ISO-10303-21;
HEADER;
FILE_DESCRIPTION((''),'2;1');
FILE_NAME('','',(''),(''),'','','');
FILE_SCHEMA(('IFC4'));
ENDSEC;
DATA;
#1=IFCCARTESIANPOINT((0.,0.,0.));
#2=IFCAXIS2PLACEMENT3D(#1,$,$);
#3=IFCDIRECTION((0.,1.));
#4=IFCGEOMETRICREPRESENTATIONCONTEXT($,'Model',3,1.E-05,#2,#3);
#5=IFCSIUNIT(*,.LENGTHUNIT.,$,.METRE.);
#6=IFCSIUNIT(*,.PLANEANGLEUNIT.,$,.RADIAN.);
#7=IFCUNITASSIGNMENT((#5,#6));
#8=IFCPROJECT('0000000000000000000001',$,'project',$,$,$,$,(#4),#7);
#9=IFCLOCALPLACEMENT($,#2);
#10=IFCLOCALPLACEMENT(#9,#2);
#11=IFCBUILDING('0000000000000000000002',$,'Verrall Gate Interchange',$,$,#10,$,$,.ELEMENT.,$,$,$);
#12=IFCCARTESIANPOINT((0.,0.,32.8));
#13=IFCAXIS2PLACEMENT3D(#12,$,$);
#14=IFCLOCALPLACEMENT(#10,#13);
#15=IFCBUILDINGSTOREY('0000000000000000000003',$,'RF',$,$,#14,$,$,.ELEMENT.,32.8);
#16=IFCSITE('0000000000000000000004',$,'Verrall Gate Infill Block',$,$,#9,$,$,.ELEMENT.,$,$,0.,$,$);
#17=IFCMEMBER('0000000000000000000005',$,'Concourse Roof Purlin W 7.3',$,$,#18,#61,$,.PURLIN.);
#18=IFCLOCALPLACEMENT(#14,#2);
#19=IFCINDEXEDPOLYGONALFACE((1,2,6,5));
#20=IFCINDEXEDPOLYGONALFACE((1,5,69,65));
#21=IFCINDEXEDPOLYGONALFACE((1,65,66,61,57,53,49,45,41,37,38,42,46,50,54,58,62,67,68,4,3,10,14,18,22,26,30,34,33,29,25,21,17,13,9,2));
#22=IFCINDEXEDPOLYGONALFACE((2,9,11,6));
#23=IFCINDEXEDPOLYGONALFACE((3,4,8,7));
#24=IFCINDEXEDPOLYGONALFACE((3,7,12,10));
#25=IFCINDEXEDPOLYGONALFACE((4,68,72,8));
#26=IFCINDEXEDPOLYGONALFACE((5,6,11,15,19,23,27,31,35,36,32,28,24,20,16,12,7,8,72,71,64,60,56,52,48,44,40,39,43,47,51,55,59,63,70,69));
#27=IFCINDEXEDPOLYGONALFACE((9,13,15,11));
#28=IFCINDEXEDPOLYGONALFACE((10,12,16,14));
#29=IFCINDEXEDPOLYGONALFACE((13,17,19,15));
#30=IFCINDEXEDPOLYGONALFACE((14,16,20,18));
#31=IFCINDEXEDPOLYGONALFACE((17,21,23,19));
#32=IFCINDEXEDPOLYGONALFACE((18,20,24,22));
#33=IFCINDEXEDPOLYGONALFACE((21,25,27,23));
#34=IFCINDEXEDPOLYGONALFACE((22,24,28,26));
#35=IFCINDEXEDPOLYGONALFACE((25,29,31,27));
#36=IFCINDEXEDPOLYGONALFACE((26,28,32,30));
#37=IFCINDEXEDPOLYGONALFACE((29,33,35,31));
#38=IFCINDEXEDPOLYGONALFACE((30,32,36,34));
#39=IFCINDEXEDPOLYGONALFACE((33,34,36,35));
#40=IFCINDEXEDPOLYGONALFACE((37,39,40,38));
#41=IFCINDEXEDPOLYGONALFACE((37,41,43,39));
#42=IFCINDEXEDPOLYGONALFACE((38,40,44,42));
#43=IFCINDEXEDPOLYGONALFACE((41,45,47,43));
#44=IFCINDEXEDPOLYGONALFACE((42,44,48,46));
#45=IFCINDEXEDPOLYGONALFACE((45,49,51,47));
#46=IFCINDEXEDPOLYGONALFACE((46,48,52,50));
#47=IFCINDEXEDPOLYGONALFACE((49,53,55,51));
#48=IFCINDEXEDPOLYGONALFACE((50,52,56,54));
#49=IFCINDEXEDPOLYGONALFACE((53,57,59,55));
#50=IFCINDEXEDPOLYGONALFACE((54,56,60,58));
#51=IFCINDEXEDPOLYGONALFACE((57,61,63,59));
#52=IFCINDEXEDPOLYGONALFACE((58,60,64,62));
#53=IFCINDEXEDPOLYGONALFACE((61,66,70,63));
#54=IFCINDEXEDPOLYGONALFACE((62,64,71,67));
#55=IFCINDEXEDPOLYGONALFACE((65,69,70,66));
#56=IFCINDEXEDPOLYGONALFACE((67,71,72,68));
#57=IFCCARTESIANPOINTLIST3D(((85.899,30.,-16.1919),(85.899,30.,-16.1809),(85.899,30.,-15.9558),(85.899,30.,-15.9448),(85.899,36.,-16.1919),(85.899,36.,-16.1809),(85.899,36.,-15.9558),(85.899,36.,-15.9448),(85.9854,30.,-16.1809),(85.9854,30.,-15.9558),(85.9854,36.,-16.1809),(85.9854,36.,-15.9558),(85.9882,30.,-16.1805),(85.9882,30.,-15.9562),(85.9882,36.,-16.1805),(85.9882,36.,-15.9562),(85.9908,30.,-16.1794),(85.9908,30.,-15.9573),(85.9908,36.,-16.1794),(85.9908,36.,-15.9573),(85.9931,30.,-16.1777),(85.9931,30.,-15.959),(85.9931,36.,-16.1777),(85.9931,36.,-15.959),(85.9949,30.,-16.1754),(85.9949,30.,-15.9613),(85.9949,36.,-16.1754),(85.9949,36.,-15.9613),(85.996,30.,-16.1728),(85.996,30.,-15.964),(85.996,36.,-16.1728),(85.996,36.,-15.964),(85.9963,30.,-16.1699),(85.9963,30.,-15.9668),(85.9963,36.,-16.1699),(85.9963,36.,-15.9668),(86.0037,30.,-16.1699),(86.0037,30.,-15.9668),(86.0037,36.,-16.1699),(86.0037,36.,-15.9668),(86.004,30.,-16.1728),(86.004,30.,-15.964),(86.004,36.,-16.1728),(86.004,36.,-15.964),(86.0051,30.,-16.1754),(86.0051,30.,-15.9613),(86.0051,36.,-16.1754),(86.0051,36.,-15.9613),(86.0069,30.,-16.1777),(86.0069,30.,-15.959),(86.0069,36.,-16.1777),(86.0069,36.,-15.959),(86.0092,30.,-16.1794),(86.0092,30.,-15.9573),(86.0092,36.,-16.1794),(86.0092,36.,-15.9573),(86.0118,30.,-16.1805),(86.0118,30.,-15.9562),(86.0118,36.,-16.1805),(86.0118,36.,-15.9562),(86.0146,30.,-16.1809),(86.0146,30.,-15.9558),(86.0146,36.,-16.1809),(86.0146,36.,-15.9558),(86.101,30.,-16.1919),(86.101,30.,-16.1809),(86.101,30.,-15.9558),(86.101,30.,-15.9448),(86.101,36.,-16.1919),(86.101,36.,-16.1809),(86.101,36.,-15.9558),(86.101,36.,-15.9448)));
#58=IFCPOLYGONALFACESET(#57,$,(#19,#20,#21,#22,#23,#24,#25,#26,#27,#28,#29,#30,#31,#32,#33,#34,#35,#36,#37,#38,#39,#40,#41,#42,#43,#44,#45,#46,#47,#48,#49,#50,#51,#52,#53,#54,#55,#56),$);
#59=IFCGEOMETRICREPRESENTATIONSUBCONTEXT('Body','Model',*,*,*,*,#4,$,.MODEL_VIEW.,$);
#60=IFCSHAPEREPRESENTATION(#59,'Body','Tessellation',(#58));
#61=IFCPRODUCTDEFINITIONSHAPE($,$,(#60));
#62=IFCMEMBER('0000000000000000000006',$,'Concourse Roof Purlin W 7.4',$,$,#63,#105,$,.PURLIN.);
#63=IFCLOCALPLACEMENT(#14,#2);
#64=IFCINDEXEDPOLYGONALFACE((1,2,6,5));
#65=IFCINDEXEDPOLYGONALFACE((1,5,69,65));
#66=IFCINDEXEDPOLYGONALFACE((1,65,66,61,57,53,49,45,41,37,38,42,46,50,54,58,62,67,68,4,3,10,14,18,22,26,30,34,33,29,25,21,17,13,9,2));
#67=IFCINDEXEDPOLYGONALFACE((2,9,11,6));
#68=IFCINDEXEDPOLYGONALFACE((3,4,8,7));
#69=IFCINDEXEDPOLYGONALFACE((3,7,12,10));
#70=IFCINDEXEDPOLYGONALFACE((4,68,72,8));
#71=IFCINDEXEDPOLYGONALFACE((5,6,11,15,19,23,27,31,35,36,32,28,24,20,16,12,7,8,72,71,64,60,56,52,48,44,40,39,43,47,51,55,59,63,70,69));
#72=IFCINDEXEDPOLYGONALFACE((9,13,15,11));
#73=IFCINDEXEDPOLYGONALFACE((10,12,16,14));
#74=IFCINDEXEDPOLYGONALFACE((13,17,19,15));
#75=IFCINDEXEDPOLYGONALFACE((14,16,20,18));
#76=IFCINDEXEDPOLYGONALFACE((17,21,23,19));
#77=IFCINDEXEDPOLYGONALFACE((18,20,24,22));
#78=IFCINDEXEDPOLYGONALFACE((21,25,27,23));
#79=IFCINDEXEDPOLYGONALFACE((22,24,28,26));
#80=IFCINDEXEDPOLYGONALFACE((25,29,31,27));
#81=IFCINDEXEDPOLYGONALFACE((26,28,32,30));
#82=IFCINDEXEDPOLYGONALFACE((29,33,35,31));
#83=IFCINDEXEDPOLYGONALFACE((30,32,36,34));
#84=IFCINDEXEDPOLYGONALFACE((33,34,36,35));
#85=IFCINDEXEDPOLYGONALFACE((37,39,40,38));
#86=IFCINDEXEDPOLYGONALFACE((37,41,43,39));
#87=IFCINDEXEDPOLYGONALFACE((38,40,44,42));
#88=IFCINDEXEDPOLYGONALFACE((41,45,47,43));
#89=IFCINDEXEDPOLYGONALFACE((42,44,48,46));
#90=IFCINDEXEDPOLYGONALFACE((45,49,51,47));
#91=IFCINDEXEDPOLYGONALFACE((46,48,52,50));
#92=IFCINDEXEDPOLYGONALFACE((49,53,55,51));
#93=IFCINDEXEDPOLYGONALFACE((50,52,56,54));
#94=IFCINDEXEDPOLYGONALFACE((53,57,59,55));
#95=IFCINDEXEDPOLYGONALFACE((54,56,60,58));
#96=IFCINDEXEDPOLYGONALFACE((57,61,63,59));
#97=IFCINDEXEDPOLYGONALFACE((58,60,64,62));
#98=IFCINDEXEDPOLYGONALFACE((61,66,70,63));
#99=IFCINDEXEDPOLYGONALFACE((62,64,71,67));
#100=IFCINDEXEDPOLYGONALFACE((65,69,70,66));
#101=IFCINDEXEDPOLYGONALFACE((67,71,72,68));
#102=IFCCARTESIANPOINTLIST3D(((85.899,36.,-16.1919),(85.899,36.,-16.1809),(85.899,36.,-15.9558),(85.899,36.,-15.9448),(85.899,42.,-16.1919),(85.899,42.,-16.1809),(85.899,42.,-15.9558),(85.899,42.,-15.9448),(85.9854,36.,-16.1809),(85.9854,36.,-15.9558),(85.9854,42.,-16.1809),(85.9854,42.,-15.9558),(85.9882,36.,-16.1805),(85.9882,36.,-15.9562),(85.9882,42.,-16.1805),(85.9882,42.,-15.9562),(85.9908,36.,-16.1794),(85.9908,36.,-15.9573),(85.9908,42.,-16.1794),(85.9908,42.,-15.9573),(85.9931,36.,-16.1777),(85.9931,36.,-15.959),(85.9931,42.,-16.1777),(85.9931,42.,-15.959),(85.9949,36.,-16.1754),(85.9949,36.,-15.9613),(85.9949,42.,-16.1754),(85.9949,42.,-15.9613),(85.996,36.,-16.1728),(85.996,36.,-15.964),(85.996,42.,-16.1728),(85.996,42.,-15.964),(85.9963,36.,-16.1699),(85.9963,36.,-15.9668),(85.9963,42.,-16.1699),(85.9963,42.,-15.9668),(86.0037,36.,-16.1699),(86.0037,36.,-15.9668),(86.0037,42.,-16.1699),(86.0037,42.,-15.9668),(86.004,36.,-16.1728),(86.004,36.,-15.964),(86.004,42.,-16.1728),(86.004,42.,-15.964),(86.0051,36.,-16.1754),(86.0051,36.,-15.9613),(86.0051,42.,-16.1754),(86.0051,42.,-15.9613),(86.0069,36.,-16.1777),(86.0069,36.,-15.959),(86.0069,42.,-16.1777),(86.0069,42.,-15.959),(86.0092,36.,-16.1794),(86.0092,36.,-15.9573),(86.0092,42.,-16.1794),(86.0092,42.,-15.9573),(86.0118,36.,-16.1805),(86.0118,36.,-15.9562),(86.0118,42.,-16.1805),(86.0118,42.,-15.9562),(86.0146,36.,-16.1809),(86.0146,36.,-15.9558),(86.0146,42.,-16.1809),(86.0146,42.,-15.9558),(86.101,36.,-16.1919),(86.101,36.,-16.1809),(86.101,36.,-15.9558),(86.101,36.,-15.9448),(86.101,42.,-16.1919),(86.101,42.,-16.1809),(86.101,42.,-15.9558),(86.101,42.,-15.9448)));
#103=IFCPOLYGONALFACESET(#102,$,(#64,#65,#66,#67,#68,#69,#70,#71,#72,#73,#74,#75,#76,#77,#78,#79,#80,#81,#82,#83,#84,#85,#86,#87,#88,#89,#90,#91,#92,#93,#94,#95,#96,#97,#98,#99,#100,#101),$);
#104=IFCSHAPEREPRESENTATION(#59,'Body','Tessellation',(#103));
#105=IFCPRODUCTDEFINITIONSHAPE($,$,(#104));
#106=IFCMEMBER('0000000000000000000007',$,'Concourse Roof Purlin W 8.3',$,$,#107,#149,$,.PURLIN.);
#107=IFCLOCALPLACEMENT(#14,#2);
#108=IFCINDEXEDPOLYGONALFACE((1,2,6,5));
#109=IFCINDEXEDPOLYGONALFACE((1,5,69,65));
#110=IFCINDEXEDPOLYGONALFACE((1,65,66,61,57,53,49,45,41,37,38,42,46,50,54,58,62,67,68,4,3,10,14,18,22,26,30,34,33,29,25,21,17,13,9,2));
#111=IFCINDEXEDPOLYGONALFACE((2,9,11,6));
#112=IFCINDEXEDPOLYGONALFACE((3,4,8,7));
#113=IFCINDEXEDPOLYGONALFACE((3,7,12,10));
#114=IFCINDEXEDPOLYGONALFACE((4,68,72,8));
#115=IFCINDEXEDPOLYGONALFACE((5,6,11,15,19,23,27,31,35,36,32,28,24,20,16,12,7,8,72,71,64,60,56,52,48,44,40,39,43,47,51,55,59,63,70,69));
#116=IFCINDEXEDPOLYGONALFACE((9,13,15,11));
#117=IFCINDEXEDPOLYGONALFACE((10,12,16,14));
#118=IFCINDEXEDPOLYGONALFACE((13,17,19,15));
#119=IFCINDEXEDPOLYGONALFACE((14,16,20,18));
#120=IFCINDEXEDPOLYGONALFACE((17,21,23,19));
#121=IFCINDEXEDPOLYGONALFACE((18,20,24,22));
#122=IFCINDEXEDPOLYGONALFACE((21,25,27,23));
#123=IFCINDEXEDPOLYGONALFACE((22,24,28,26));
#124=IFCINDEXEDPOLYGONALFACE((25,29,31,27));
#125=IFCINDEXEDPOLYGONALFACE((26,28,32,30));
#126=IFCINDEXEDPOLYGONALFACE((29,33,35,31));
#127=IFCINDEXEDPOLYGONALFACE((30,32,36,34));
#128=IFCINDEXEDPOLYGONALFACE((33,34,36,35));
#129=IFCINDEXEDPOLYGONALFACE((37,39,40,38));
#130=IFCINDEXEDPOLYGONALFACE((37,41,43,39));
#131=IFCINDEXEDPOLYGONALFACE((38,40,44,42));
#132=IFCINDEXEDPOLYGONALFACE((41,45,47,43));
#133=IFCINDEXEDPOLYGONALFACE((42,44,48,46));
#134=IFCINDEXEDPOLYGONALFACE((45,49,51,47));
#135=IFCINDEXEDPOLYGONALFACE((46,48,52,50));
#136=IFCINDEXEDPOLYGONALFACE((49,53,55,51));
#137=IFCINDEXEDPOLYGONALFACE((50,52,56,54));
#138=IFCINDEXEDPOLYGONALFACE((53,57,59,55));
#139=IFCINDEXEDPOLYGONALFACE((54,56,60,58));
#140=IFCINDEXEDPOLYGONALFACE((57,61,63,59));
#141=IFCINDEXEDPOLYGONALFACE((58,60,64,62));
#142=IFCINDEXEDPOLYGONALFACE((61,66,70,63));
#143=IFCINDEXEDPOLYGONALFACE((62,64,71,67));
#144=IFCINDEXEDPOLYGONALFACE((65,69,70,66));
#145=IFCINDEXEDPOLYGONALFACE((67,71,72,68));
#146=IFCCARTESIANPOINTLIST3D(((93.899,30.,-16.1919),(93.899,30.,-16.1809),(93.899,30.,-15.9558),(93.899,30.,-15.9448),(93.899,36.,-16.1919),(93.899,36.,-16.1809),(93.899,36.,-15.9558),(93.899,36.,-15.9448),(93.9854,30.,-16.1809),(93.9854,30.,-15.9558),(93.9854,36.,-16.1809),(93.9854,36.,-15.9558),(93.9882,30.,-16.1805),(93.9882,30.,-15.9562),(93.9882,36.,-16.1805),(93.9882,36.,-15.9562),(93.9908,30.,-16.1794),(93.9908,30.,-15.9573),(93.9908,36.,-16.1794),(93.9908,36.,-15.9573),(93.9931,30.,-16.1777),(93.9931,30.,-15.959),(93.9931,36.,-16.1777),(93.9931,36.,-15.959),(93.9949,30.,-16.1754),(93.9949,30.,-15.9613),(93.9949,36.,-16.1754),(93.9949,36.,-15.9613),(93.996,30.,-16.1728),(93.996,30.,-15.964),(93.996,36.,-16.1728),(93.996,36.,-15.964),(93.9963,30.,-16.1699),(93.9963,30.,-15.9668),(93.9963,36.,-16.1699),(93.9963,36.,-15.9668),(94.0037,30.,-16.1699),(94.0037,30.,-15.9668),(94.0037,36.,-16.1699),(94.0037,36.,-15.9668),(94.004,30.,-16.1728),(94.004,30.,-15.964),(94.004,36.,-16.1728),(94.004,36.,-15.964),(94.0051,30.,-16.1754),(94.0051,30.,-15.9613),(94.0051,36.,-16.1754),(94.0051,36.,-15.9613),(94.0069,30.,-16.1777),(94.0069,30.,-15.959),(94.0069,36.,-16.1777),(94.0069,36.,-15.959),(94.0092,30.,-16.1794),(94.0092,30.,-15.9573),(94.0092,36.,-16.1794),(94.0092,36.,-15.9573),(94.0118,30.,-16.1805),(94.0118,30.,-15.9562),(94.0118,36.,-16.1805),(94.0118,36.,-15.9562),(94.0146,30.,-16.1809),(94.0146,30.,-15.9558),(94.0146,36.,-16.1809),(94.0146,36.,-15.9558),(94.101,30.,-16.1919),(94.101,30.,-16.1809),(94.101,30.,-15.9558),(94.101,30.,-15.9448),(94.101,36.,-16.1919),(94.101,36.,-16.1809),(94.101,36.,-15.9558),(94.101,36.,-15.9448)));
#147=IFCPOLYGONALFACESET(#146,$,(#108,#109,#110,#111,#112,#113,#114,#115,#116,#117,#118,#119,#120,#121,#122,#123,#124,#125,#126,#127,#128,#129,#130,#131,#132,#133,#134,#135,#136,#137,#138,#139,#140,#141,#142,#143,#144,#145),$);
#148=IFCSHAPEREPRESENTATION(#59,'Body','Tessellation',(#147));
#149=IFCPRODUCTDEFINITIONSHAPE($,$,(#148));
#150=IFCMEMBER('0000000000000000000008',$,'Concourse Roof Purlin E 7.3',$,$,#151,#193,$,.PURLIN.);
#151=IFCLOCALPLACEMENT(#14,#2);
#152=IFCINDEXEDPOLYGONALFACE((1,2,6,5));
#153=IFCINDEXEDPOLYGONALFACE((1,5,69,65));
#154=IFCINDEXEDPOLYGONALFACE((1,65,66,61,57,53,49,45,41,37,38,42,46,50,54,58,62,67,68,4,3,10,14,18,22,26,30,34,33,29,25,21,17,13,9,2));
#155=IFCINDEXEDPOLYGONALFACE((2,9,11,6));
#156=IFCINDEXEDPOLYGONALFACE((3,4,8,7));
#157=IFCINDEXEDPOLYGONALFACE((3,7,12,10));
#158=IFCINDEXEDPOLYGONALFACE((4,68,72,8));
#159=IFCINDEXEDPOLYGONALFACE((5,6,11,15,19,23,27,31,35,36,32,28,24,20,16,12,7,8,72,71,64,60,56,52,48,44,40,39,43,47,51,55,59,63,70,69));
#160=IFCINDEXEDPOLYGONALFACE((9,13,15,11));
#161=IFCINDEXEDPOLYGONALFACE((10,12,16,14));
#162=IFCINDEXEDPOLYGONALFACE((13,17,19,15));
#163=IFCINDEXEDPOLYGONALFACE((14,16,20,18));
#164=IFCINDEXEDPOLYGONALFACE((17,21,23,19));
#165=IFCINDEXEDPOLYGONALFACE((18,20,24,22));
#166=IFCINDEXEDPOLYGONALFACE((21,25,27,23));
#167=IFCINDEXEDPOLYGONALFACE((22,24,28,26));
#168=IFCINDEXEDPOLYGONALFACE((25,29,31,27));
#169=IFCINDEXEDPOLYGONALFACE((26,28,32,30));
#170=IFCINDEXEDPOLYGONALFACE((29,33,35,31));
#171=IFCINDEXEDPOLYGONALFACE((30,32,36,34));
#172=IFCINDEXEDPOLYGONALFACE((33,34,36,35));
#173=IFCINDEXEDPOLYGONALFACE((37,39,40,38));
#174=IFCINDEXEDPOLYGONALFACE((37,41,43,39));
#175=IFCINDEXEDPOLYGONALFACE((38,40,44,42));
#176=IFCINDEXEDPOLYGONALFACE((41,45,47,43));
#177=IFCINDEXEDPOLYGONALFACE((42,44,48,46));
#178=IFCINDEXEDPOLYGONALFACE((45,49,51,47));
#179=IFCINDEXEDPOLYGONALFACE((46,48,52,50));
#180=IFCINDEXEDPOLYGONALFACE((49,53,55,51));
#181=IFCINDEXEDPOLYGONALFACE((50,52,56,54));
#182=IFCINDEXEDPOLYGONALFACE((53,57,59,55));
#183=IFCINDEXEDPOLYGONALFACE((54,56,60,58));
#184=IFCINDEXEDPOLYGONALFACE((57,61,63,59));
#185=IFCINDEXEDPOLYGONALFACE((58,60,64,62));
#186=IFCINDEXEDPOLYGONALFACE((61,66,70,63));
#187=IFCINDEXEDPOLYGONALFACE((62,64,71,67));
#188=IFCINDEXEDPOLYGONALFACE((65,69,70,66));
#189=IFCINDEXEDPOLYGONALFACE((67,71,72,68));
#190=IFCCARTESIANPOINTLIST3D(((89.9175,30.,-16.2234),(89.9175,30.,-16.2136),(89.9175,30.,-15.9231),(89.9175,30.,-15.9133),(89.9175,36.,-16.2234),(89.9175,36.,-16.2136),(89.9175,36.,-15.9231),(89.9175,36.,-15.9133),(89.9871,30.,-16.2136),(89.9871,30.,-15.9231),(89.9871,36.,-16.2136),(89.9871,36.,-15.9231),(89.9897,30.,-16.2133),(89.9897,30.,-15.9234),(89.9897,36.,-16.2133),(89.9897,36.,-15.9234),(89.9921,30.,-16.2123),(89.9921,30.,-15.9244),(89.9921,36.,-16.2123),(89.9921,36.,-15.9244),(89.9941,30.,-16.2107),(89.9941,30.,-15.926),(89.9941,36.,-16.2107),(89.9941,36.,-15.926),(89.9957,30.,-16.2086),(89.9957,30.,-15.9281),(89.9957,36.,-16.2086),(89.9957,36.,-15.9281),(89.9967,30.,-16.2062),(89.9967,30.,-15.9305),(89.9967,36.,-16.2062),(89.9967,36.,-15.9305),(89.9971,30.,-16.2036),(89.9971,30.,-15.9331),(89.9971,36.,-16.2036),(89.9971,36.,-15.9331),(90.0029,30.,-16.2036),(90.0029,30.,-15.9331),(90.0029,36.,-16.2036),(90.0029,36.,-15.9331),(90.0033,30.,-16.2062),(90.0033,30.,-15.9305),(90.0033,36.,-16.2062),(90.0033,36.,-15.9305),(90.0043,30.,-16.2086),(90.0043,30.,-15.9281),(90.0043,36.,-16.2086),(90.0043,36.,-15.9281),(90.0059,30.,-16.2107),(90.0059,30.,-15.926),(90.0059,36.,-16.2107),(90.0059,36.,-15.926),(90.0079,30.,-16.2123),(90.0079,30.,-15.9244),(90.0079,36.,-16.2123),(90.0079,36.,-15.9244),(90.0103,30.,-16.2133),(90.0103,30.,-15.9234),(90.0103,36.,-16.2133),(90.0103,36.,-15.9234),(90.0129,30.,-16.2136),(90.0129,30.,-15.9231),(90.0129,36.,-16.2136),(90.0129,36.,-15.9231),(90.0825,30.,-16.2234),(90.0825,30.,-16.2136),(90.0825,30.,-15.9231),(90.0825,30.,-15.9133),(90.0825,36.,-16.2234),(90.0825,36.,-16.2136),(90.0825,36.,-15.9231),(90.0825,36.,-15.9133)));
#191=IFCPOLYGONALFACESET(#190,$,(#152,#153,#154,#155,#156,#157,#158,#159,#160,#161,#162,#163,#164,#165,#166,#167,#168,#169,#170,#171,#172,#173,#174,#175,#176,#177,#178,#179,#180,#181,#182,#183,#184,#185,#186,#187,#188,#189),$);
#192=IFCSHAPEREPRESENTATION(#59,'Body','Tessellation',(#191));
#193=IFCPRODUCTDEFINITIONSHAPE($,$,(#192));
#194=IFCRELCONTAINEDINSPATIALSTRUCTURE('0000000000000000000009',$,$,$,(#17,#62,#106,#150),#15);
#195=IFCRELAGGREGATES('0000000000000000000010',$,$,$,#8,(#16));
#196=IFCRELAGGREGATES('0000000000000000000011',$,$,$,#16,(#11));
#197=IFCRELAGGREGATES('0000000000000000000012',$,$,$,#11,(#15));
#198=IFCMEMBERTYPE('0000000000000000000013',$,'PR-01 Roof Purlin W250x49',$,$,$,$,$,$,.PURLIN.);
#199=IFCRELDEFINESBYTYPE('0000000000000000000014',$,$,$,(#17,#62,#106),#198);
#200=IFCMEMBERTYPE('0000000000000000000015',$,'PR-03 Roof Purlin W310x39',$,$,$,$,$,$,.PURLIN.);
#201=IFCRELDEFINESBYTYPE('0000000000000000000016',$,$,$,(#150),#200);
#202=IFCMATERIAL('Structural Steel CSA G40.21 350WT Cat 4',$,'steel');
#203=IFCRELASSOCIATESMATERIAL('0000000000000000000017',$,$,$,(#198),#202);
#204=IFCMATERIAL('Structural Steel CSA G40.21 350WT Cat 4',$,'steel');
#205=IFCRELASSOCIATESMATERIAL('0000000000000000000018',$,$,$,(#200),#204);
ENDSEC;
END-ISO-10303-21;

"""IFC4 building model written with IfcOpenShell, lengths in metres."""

from ifc_helpers import new_model, si_unit, direction, frame, origin, origin_2d, place, context, subcontext, project, spatial, i_section, extrude, material, material_profile, profile_set, type_object, element, save


model = new_model("IFC4")

# Units and contexts
model_context = context("Model", 3, precision=1e-05, world=origin(), true_north=direction((0.0, 1.0)))
body_context = subcontext(model_context, "Body", "Model", "MODEL_VIEW")
ifc_project = project(units=[si_unit("LENGTHUNIT", "METRE"), si_unit("PLANEANGLEUNIT", "RADIAN")], contexts=[model_context])

# Site, building, storey
site_placement = place(None, origin())
site = spatial("IfcSite", under=ifc_project, at=site_placement, Name="Verrall Gate Infill Block", CompositionType="ELEMENT", RefElevation=0.0)
building_placement = place(site_placement, origin())
building = spatial("IfcBuilding", under=site, at=building_placement, Name="Verrall Gate Interchange", CompositionType="ELEMENT")
storey_placement = place(building_placement, frame((0.0, 0.0, 32.8)))
storey = spatial("IfcBuildingStorey", under=building, at=storey_placement, Name="RF", CompositionType="ELEMENT", Elevation=32.8)

# Members
ifc_material_1 = material(Name="Structural Steel CSA G40.21 350WT Cat 4", Category="steel")
ifc_material_profile_1 = material_profile(ifc_material_1, i_section(OverallWidth=0.2019, OverallDepth=0.2471, WebThickness=0.0073, FlangeThickness=0.011, FilletRadius=0.011, at=origin_2d()), Name="W250x49")
ifc_profile_set_1 = profile_set([ifc_material_profile_1], Name="Structural Steel CSA G40.21 350WT Cat 4")
member_type_1 = type_object("IfcMemberType", Name="PR-01 Roof Purlin W250x49", PredefinedType="PURLIN", material=ifc_profile_set_1)
for number, where, z_axis, x_axis, name in (
    (1, (86.0, 30.0, -16.0684), (0.0, 1.0, 0.0), (-1.0, 0.0, 0.0), "Concourse Roof Purlin W 7.3"),
    (2, (86.0, 36.0, -16.0684), (0.0, 1.0, 0.0), (-1.0, 0.0, 0.0), "Concourse Roof Purlin W 7.4"),
    (3, (94.0, 30.0, -16.0684), (0.0, 1.0, 0.0), (-1.0, 0.0, 0.0), "Concourse Roof Purlin W 8.3"),
):
    element("IfcMember", number, at=place(storey_placement, frame(where, z_axis=z_axis, x_axis=x_axis)), inside=storey, type_object=member_type_1, Name=name, PredefinedType="PURLIN", context=body_context, shape_type="SweptSolid", body=[
        extrude(i_section(OverallWidth=0.2019, OverallDepth=0.2471, WebThickness=0.0073, FlangeThickness=0.011, FilletRadius=0.011, at=origin_2d()), origin(), (0.0, 0.0, 1.0), 6.0),
    ])
ifc_material_2 = material(Name="Structural Steel CSA G40.21 350WT Cat 4", Category="steel")
ifc_material_profile_2 = material_profile(ifc_material_2, i_section(OverallWidth=0.165, OverallDepth=0.3101, WebThickness=0.0059, FlangeThickness=0.0098, FilletRadius=0.01, at=origin_2d()), Name="W310x39")
ifc_profile_set_2 = profile_set([ifc_material_profile_2], Name="Structural Steel CSA G40.21 350WT Cat 4")
member_type_2 = type_object("IfcMemberType", Name="PR-03 Roof Purlin W310x39", PredefinedType="PURLIN", material=ifc_profile_set_2)
for number, where, z_axis, x_axis, name in (
    (4, (90.0, 30.0, -16.0684), (0.0, 1.0, 0.0), (-1.0, 0.0, 0.0), "Concourse Roof Purlin E 7.3"),
):
    element("IfcMember", number, at=place(storey_placement, frame(where, z_axis=z_axis, x_axis=x_axis)), inside=storey, type_object=member_type_2, Name=name, PredefinedType="PURLIN", context=body_context, shape_type="SweptSolid", body=[
        extrude(i_section(OverallWidth=0.165, OverallDepth=0.3101, WebThickness=0.0059, FlangeThickness=0.0098, FilletRadius=0.01, at=origin_2d()), origin(), (0.0, 0.0, 1.0), 6.0),
    ])

save(model, "model.ifc")
